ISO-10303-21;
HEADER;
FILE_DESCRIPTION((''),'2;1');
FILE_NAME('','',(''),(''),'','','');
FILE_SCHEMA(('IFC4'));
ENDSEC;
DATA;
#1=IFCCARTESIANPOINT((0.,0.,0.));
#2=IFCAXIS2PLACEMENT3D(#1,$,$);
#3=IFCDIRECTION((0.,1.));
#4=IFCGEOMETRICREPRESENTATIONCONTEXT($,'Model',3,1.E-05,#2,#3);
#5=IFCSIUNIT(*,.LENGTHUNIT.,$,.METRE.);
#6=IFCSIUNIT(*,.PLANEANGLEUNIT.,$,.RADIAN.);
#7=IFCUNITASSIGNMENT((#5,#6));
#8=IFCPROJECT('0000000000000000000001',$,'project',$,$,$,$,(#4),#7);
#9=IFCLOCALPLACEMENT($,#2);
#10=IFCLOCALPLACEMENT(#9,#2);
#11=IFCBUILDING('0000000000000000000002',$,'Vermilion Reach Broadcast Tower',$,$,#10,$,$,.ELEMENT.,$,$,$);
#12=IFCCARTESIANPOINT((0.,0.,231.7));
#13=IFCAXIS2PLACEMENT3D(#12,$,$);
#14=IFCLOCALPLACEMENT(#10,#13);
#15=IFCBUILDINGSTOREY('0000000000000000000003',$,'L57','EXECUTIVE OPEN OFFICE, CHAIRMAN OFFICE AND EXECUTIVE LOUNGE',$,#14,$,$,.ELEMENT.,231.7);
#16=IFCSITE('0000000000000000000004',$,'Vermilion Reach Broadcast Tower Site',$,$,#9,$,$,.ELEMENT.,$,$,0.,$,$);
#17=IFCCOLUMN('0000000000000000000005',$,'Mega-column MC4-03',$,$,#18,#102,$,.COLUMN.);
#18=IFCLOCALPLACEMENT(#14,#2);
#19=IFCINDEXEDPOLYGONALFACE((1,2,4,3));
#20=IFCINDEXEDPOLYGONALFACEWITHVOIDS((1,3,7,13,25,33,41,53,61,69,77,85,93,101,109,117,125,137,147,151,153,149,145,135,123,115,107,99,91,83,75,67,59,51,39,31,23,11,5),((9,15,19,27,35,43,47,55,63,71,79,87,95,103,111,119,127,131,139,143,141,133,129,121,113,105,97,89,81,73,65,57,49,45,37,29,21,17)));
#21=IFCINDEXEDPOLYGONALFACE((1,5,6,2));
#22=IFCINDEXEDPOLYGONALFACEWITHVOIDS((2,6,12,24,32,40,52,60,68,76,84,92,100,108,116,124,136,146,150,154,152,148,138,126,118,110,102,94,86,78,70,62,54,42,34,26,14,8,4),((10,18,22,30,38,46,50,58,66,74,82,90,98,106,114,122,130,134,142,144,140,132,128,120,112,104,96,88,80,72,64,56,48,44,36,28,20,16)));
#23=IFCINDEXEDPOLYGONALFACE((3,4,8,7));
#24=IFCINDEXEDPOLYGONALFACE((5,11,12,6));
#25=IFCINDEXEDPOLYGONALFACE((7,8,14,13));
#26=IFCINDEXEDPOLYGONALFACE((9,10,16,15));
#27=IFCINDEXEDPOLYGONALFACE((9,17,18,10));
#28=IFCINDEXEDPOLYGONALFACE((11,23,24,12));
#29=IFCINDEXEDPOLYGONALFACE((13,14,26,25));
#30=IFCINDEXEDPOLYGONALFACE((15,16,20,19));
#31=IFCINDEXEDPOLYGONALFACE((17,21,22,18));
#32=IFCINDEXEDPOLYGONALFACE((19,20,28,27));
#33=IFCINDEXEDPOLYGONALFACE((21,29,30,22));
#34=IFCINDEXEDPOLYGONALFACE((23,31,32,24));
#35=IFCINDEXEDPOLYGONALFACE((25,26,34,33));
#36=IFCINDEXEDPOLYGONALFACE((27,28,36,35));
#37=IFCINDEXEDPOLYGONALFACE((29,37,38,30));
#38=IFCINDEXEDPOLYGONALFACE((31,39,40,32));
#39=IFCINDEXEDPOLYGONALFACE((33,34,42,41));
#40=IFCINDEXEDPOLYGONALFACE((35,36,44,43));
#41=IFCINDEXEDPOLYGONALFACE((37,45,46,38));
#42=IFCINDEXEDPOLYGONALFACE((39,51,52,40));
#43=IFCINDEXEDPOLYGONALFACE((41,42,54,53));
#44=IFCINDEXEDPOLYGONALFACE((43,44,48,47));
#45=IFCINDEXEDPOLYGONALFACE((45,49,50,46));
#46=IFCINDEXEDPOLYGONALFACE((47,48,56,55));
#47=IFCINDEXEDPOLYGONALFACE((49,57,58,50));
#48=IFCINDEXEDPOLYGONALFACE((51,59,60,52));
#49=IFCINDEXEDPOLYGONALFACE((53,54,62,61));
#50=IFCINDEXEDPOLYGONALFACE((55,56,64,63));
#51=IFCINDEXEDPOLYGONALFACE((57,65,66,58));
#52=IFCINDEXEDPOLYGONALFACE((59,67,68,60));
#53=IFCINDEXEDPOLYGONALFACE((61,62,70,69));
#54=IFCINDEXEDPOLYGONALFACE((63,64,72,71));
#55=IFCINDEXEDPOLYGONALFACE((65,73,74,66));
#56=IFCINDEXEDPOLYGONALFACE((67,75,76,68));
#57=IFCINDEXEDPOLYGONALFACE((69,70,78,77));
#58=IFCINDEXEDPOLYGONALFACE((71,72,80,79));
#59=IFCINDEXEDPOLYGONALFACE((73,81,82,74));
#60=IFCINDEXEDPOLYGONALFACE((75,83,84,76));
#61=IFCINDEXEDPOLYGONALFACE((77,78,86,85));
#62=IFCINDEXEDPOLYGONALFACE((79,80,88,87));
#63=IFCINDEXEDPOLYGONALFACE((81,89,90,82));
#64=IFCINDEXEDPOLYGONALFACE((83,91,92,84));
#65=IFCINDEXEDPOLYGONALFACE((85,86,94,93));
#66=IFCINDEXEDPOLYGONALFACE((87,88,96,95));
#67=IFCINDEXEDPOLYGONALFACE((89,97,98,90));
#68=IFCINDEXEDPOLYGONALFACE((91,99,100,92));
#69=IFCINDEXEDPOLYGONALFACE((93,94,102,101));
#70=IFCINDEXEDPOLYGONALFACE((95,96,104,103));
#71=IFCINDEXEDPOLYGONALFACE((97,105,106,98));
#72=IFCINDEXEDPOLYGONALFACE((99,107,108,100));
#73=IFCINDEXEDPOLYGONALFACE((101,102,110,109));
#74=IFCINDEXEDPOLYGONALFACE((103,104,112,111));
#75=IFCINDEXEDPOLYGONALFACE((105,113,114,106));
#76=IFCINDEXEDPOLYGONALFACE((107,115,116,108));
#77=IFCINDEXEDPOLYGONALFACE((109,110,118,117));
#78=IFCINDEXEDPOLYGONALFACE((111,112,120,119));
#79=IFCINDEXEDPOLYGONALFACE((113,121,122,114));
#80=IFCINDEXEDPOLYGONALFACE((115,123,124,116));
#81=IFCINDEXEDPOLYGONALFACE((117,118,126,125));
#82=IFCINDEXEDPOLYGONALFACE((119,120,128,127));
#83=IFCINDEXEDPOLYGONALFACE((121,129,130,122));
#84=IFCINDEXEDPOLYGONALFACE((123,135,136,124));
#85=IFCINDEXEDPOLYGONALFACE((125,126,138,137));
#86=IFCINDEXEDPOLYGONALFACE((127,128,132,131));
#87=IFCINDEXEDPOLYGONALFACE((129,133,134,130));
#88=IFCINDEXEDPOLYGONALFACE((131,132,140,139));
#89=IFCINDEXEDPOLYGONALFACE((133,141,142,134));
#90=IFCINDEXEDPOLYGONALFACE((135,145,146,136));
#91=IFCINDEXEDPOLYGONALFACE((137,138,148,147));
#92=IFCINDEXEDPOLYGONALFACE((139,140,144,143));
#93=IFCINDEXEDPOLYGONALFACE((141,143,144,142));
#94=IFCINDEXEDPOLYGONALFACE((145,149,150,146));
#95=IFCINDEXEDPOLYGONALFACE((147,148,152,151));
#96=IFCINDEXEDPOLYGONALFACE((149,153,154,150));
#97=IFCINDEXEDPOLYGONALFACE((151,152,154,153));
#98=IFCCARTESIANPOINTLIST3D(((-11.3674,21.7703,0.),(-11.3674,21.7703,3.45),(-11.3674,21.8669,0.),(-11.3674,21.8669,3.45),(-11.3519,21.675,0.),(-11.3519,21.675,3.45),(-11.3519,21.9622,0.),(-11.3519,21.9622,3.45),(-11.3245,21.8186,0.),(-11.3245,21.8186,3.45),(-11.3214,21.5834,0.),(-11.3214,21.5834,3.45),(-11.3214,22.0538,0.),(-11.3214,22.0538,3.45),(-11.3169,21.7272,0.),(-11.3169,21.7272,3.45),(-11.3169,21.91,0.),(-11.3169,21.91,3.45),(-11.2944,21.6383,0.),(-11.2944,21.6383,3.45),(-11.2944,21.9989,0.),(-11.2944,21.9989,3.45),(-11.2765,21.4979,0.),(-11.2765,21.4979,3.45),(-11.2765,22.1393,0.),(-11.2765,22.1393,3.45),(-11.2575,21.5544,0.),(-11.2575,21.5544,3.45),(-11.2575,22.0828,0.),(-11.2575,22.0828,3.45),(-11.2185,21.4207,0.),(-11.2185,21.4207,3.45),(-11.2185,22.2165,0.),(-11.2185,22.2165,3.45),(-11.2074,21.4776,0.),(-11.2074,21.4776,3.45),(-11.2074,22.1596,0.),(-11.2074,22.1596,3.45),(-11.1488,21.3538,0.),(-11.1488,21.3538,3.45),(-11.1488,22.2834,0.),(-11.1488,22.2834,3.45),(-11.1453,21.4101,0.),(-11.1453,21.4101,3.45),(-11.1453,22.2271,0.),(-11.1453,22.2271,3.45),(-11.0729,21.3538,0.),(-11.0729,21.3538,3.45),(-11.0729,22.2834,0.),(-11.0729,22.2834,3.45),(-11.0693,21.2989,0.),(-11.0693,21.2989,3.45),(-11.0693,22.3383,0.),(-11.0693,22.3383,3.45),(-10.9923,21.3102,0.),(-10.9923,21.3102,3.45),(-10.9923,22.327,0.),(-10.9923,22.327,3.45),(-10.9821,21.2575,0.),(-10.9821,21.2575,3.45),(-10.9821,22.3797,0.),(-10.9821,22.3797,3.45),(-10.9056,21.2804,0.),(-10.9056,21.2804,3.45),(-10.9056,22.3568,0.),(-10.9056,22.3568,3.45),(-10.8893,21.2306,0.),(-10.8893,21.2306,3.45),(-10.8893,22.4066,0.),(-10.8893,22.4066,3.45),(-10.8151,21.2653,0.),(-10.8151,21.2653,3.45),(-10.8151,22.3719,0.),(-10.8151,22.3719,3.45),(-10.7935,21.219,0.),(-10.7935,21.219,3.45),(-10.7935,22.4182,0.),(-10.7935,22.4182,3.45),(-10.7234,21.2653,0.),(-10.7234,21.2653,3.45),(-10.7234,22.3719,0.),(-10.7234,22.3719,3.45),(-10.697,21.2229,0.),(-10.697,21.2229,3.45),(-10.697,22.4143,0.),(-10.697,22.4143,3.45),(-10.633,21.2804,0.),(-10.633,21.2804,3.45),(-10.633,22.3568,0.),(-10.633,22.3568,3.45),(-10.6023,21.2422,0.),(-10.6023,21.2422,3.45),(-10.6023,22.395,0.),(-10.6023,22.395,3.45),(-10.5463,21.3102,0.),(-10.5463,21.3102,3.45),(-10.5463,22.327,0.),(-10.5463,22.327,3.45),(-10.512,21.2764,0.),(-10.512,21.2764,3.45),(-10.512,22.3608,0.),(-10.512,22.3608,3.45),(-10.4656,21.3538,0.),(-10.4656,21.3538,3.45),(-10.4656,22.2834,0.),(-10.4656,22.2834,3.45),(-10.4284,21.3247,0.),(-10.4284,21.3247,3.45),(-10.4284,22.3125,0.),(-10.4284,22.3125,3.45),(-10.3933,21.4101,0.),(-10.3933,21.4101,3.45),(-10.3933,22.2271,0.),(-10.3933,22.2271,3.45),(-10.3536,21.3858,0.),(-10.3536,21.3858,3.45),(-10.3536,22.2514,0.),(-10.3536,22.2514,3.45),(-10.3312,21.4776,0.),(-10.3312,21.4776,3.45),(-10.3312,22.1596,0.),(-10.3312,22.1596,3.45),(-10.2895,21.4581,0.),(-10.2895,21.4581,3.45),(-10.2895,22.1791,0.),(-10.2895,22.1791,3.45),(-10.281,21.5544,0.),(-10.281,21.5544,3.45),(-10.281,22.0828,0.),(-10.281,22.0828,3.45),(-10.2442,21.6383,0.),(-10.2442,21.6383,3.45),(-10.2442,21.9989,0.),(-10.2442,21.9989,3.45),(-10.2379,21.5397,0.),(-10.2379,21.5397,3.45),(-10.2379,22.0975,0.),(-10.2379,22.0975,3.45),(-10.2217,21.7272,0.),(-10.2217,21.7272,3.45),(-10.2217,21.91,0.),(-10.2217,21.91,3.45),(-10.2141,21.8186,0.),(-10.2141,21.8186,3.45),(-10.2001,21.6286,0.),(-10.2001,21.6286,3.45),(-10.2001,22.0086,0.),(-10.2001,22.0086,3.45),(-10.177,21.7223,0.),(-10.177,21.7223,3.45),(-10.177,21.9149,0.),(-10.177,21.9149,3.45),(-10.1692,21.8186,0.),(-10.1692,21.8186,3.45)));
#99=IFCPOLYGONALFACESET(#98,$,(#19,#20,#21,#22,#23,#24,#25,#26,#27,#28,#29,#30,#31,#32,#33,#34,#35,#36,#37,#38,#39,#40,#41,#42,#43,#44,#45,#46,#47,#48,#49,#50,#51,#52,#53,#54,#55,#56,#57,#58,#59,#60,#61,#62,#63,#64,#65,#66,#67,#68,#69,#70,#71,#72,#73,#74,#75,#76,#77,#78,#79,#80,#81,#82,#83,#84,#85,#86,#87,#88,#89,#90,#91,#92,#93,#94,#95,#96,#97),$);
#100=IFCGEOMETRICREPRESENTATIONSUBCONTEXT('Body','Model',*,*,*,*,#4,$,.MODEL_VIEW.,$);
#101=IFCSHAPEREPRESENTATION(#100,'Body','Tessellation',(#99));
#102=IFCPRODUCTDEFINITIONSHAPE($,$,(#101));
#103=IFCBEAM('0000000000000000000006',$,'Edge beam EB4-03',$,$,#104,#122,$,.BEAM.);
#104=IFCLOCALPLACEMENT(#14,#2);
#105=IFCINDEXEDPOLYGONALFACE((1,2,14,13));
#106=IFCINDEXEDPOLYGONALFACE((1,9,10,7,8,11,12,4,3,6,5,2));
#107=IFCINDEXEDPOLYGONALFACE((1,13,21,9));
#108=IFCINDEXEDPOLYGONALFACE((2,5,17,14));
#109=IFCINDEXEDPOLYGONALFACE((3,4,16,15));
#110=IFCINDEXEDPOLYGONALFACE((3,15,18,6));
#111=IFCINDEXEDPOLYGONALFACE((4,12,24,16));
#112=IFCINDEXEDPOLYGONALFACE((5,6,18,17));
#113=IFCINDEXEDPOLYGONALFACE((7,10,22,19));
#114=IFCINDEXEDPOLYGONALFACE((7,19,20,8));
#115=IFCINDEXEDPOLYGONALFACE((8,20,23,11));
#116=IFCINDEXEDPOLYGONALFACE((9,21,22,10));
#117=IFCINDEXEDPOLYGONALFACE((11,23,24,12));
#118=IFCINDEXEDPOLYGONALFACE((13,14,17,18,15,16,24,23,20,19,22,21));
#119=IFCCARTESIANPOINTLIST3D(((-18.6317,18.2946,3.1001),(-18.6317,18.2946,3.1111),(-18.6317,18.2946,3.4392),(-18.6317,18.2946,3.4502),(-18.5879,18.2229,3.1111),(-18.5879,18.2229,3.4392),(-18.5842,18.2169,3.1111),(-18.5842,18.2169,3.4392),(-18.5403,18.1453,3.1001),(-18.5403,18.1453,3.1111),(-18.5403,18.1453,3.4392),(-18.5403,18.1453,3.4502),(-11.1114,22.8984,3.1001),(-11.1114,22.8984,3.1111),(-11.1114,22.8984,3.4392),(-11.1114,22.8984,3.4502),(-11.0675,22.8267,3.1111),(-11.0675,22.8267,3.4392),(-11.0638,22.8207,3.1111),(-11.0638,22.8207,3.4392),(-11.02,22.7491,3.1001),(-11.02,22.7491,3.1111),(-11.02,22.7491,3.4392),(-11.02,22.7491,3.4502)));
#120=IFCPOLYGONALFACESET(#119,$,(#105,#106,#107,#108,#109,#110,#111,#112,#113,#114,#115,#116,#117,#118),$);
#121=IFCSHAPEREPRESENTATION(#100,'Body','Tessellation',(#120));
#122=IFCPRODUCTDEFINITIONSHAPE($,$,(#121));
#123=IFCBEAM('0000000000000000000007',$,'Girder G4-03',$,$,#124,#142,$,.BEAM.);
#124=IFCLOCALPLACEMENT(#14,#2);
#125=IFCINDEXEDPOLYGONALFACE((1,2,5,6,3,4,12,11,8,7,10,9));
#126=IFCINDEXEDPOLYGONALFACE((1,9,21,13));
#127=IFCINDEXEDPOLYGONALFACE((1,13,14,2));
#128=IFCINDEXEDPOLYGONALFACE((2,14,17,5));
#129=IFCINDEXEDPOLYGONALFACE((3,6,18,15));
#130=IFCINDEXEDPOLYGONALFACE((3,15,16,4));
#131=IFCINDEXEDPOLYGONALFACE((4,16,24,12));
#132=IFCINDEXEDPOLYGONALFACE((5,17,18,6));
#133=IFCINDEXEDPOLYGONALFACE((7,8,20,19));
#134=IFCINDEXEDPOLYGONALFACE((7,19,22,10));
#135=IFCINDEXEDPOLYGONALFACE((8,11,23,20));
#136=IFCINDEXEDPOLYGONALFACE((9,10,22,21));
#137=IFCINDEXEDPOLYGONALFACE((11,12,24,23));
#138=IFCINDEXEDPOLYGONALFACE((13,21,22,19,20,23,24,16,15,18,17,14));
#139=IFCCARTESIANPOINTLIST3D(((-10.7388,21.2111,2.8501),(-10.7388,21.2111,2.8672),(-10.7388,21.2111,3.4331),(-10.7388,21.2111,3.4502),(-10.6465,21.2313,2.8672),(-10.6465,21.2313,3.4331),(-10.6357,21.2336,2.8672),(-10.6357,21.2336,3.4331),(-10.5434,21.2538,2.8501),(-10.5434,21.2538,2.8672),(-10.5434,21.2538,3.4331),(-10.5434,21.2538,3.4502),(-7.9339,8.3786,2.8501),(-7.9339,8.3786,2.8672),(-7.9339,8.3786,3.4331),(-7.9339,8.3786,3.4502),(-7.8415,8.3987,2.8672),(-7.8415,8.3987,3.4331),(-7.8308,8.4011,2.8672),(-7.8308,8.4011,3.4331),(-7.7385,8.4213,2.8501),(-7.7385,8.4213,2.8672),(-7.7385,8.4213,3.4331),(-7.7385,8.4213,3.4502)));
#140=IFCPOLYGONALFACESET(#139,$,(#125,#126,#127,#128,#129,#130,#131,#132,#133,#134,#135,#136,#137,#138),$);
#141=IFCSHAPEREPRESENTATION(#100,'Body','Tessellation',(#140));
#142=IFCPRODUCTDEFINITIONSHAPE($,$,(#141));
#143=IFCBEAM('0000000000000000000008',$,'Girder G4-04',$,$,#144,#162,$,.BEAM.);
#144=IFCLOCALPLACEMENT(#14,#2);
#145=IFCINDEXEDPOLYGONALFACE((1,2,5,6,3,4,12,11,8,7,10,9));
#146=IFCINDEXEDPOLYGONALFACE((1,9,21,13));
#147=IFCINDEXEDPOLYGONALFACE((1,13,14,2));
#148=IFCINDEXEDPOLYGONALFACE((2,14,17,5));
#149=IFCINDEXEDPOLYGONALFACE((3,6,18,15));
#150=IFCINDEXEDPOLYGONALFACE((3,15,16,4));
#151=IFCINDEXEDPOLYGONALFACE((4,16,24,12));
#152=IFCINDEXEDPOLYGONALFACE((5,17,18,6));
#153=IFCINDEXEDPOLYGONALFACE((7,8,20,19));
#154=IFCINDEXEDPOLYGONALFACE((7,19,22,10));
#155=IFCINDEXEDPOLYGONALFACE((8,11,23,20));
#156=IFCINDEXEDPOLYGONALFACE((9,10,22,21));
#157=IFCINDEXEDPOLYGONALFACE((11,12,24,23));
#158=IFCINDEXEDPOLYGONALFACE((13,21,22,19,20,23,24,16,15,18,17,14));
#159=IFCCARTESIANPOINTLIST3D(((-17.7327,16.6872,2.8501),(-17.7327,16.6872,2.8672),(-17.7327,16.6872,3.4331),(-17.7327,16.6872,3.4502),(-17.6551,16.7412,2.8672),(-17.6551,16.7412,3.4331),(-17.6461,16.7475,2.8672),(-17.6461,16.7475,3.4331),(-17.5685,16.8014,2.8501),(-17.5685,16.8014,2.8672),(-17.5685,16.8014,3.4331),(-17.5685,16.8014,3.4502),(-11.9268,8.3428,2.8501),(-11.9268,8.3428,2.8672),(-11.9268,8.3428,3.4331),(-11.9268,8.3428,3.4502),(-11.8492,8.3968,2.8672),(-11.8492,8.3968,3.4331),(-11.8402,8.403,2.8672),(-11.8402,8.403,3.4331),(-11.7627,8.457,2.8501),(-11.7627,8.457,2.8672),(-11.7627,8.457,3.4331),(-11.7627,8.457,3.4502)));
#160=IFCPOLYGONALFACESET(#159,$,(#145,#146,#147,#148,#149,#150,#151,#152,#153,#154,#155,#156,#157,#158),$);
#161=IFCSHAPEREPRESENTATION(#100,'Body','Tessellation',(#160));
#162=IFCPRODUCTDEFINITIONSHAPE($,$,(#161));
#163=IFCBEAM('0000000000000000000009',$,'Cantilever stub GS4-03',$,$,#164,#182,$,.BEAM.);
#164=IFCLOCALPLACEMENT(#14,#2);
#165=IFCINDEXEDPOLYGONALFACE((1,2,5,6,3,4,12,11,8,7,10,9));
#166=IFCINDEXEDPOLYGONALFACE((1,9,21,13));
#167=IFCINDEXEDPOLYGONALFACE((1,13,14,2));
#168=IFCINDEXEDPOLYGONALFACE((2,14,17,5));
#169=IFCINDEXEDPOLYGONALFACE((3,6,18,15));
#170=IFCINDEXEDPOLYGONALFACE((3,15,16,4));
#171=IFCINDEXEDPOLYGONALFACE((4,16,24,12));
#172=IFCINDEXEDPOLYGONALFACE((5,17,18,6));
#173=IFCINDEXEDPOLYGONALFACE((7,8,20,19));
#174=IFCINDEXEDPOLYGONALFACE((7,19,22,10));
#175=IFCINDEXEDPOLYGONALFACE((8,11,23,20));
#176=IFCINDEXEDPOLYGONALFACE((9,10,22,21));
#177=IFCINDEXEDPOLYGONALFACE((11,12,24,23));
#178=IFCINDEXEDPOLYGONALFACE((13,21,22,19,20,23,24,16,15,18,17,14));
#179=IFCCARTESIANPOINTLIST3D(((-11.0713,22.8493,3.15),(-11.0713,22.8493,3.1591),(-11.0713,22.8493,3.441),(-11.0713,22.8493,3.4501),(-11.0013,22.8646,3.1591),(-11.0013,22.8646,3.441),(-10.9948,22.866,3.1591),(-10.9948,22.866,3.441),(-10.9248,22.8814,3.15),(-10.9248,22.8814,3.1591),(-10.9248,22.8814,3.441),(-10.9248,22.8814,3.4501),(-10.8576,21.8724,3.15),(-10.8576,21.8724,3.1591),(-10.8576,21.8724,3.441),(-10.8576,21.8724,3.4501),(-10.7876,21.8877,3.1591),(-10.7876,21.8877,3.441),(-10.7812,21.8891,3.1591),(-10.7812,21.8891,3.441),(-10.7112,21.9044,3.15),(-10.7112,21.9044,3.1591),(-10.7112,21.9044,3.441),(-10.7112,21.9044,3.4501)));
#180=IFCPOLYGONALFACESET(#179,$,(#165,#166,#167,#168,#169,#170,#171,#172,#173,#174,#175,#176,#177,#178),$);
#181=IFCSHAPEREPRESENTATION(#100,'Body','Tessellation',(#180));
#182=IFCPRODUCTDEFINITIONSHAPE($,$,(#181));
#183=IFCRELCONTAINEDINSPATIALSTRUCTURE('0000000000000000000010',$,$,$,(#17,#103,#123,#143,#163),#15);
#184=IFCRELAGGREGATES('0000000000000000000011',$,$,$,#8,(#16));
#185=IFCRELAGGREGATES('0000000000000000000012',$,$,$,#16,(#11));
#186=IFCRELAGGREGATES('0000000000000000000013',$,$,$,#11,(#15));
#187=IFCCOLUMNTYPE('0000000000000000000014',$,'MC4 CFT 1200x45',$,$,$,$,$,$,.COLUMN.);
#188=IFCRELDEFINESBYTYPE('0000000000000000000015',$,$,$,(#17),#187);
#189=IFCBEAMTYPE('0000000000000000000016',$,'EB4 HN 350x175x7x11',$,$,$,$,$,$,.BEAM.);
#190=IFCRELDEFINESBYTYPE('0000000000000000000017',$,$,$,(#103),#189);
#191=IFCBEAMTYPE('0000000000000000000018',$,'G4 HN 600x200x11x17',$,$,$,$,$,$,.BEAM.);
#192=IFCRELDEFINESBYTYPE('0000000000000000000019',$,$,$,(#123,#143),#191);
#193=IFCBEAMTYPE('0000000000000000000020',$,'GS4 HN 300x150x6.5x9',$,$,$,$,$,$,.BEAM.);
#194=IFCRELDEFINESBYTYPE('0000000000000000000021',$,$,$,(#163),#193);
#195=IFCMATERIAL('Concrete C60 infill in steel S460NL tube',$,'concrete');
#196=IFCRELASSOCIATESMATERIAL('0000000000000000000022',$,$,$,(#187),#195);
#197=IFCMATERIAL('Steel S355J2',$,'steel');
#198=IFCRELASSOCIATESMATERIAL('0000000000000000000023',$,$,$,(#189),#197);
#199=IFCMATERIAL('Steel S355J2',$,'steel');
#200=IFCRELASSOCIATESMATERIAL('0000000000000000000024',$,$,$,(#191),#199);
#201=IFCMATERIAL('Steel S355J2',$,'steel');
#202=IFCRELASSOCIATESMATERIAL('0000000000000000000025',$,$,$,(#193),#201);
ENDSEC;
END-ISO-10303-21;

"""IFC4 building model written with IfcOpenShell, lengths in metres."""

from ifc_helpers import new_model, si_unit, direction, frame, origin, origin_2d, place, context, subcontext, project, spatial, hollow_circle, i_section, extrude, material, material_profile, profile_set, type_object, element, save


model = new_model("IFC4")

# Units and contexts
model_context = context("Model", 3, precision=1e-05, world=origin(), true_north=direction((0.0, 1.0)))
body_context = subcontext(model_context, "Body", "Model", "MODEL_VIEW")
ifc_project = project(units=[si_unit("LENGTHUNIT", "METRE"), si_unit("PLANEANGLEUNIT", "RADIAN")], contexts=[model_context])

# Site, building, storey
site_placement = place(None, origin())
site = spatial("IfcSite", under=ifc_project, at=site_placement, Name="Vermilion Reach Broadcast Tower Site", CompositionType="ELEMENT", RefElevation=0.0)
building_placement = place(site_placement, origin())
building = spatial("IfcBuilding", under=site, at=building_placement, Name="Vermilion Reach Broadcast Tower", CompositionType="ELEMENT")
storey_placement = place(building_placement, frame((0.0, 0.0, 231.7)))
storey = spatial("IfcBuildingStorey", under=building, at=storey_placement, Name="L57", Description="EXECUTIVE OPEN OFFICE, CHAIRMAN OFFICE AND EXECUTIVE LOUNGE", CompositionType="ELEMENT", Elevation=231.7)

# Column
ifc_material_1 = material(Name="Concrete C60 infill in steel S460NL tube", Category="concrete")
ifc_material_profile_1 = material_profile(ifc_material_1, hollow_circle(Radius=0.6001, WallThickness=0.0449, at=origin_2d()), Name="Concrete C60 infill in steel S460NL tube CFT 1200x45")
ifc_profile_set_1 = profile_set([ifc_material_profile_1], Name="Concrete C60 infill in steel S460NL tube")
column_type = type_object("IfcColumnType", Name="MC4 CFT 1200x45", PredefinedType="COLUMN", material=ifc_profile_set_1)
column_placement = place(storey_placement, frame((-10.7693, 21.8186, 0.0), z_axis=(0.0, 0.0, 1.0), x_axis=(1.0, 0.0, 0.0)))
element("IfcColumn", 1, at=column_placement, inside=storey, type_object=column_type, Name="Mega-column MC4-03", PredefinedType="COLUMN", context=body_context, shape_type="SweptSolid", body=[
    extrude(hollow_circle(Radius=0.6001, WallThickness=0.0449, at=origin_2d()), origin(), (0.0, 0.0, 1.0), 3.45),
])

# Beams
ifc_material_2 = material(Name="Steel S355J2", Category="steel")
ifc_material_profile_2 = material_profile(ifc_material_2, i_section(OverallWidth=0.175, OverallDepth=0.3501, WebThickness=0.0071, FlangeThickness=0.011, at=origin_2d()), Name="S355J2 HN 350x175x7x11")
ifc_profile_set_2 = profile_set([ifc_material_profile_2], Name="Steel S355J2")
beam_type_1 = type_object("IfcBeamType", Name="EB4 HN 350x175x7x11", PredefinedType="BEAM", material=ifc_profile_set_2)
beam_1_placement = place(storey_placement, frame((-11.0657, 22.8237, 3.2751), z_axis=(-0.852876, -0.522114, 0.0), x_axis=(0.522114, -0.852876, 0.0)))
element("IfcBeam", 2, at=beam_1_placement, inside=storey, type_object=beam_type_1, Name="Edge beam EB4-03", PredefinedType="BEAM", context=body_context, shape_type="SweptSolid", body=[
    extrude(i_section(OverallWidth=0.175, OverallDepth=0.3501, WebThickness=0.0071, FlangeThickness=0.011, at=origin_2d()), origin(), (0.0, 0.0, 1.0), 8.8176),
])
ifc_material_3 = material(Name="Steel S355J2", Category="steel")
ifc_material_profile_3 = material_profile(ifc_material_3, i_section(OverallWidth=0.2, OverallDepth=0.6001, WebThickness=0.011, FlangeThickness=0.0171, at=origin_2d()), Name="S355J2 HN 600x200x11x17")
ifc_profile_set_3 = profile_set([ifc_material_profile_3], Name="Steel S355J2")
beam_type_2 = type_object("IfcBeamType", Name="G4 HN 600x200x11x17", PredefinedType="BEAM", material=ifc_profile_set_3)
beam_2_placement = place(storey_placement, frame((-7.8362, 8.3999, 3.1501), z_axis=(-0.213538, 0.976935, 0.0), x_axis=(-0.976935, -0.213538, 0.0)))
element("IfcBeam", 3, at=beam_2_placement, inside=storey, type_object=beam_type_2, Name="Girder G4-03", PredefinedType="BEAM", context=body_context, shape_type="SweptSolid", body=[
    extrude(i_section(OverallWidth=0.2, OverallDepth=0.6001, WebThickness=0.011, FlangeThickness=0.0171, at=origin_2d()), origin(), (0.0, 0.0, 1.0), 13.1355),
])
beam_3_placement = place(storey_placement, frame((-11.8447, 8.3999, 3.1501), z_axis=(-0.571134, 0.820857, 0.0), x_axis=(-0.820857, -0.571134, 0.0)))
element("IfcBeam", 4, at=beam_3_placement, inside=storey, type_object=beam_type_2, Name="Girder G4-04", PredefinedType="BEAM", context=body_context, shape_type="SweptSolid", body=[
    extrude(i_section(OverallWidth=0.2, OverallDepth=0.6001, WebThickness=0.011, FlangeThickness=0.0171, at=origin_2d()), origin(), (0.0, 0.0, 1.0), 10.1655),
])
ifc_material_4 = material(Name="Steel S355J2", Category="steel")
ifc_material_profile_4 = material_profile(ifc_material_4, i_section(OverallWidth=0.1499, OverallDepth=0.3, WebThickness=0.0066, FlangeThickness=0.009, at=origin_2d()), Name="S355J2 HN 300x150x6.5x9")
ifc_profile_set_4 = profile_set([ifc_material_profile_4], Name="Steel S355J2")
beam_type_3 = type_object("IfcBeamType", Name="GS4 HN 300x150x6.5x9", PredefinedType="BEAM", material=ifc_profile_set_4)
beam_4_placement = place(storey_placement, frame((-10.7844, 21.8884, 3.3), z_axis=(-0.213646, 0.976911, 0.0), x_axis=(-0.976911, -0.213646, 0.0)))
element("IfcBeam", 5, at=beam_4_placement, inside=storey, type_object=beam_type_3, Name="Cantilever stub GS4-03", PredefinedType="BEAM", context=body_context, shape_type="SweptSolid", body=[
    extrude(i_section(OverallWidth=0.1499, OverallDepth=0.3, WebThickness=0.0066, FlangeThickness=0.009, at=origin_2d()), origin(), (0.0, 0.0, 1.0), 1.0),
])

save(model, "model.ifc")
